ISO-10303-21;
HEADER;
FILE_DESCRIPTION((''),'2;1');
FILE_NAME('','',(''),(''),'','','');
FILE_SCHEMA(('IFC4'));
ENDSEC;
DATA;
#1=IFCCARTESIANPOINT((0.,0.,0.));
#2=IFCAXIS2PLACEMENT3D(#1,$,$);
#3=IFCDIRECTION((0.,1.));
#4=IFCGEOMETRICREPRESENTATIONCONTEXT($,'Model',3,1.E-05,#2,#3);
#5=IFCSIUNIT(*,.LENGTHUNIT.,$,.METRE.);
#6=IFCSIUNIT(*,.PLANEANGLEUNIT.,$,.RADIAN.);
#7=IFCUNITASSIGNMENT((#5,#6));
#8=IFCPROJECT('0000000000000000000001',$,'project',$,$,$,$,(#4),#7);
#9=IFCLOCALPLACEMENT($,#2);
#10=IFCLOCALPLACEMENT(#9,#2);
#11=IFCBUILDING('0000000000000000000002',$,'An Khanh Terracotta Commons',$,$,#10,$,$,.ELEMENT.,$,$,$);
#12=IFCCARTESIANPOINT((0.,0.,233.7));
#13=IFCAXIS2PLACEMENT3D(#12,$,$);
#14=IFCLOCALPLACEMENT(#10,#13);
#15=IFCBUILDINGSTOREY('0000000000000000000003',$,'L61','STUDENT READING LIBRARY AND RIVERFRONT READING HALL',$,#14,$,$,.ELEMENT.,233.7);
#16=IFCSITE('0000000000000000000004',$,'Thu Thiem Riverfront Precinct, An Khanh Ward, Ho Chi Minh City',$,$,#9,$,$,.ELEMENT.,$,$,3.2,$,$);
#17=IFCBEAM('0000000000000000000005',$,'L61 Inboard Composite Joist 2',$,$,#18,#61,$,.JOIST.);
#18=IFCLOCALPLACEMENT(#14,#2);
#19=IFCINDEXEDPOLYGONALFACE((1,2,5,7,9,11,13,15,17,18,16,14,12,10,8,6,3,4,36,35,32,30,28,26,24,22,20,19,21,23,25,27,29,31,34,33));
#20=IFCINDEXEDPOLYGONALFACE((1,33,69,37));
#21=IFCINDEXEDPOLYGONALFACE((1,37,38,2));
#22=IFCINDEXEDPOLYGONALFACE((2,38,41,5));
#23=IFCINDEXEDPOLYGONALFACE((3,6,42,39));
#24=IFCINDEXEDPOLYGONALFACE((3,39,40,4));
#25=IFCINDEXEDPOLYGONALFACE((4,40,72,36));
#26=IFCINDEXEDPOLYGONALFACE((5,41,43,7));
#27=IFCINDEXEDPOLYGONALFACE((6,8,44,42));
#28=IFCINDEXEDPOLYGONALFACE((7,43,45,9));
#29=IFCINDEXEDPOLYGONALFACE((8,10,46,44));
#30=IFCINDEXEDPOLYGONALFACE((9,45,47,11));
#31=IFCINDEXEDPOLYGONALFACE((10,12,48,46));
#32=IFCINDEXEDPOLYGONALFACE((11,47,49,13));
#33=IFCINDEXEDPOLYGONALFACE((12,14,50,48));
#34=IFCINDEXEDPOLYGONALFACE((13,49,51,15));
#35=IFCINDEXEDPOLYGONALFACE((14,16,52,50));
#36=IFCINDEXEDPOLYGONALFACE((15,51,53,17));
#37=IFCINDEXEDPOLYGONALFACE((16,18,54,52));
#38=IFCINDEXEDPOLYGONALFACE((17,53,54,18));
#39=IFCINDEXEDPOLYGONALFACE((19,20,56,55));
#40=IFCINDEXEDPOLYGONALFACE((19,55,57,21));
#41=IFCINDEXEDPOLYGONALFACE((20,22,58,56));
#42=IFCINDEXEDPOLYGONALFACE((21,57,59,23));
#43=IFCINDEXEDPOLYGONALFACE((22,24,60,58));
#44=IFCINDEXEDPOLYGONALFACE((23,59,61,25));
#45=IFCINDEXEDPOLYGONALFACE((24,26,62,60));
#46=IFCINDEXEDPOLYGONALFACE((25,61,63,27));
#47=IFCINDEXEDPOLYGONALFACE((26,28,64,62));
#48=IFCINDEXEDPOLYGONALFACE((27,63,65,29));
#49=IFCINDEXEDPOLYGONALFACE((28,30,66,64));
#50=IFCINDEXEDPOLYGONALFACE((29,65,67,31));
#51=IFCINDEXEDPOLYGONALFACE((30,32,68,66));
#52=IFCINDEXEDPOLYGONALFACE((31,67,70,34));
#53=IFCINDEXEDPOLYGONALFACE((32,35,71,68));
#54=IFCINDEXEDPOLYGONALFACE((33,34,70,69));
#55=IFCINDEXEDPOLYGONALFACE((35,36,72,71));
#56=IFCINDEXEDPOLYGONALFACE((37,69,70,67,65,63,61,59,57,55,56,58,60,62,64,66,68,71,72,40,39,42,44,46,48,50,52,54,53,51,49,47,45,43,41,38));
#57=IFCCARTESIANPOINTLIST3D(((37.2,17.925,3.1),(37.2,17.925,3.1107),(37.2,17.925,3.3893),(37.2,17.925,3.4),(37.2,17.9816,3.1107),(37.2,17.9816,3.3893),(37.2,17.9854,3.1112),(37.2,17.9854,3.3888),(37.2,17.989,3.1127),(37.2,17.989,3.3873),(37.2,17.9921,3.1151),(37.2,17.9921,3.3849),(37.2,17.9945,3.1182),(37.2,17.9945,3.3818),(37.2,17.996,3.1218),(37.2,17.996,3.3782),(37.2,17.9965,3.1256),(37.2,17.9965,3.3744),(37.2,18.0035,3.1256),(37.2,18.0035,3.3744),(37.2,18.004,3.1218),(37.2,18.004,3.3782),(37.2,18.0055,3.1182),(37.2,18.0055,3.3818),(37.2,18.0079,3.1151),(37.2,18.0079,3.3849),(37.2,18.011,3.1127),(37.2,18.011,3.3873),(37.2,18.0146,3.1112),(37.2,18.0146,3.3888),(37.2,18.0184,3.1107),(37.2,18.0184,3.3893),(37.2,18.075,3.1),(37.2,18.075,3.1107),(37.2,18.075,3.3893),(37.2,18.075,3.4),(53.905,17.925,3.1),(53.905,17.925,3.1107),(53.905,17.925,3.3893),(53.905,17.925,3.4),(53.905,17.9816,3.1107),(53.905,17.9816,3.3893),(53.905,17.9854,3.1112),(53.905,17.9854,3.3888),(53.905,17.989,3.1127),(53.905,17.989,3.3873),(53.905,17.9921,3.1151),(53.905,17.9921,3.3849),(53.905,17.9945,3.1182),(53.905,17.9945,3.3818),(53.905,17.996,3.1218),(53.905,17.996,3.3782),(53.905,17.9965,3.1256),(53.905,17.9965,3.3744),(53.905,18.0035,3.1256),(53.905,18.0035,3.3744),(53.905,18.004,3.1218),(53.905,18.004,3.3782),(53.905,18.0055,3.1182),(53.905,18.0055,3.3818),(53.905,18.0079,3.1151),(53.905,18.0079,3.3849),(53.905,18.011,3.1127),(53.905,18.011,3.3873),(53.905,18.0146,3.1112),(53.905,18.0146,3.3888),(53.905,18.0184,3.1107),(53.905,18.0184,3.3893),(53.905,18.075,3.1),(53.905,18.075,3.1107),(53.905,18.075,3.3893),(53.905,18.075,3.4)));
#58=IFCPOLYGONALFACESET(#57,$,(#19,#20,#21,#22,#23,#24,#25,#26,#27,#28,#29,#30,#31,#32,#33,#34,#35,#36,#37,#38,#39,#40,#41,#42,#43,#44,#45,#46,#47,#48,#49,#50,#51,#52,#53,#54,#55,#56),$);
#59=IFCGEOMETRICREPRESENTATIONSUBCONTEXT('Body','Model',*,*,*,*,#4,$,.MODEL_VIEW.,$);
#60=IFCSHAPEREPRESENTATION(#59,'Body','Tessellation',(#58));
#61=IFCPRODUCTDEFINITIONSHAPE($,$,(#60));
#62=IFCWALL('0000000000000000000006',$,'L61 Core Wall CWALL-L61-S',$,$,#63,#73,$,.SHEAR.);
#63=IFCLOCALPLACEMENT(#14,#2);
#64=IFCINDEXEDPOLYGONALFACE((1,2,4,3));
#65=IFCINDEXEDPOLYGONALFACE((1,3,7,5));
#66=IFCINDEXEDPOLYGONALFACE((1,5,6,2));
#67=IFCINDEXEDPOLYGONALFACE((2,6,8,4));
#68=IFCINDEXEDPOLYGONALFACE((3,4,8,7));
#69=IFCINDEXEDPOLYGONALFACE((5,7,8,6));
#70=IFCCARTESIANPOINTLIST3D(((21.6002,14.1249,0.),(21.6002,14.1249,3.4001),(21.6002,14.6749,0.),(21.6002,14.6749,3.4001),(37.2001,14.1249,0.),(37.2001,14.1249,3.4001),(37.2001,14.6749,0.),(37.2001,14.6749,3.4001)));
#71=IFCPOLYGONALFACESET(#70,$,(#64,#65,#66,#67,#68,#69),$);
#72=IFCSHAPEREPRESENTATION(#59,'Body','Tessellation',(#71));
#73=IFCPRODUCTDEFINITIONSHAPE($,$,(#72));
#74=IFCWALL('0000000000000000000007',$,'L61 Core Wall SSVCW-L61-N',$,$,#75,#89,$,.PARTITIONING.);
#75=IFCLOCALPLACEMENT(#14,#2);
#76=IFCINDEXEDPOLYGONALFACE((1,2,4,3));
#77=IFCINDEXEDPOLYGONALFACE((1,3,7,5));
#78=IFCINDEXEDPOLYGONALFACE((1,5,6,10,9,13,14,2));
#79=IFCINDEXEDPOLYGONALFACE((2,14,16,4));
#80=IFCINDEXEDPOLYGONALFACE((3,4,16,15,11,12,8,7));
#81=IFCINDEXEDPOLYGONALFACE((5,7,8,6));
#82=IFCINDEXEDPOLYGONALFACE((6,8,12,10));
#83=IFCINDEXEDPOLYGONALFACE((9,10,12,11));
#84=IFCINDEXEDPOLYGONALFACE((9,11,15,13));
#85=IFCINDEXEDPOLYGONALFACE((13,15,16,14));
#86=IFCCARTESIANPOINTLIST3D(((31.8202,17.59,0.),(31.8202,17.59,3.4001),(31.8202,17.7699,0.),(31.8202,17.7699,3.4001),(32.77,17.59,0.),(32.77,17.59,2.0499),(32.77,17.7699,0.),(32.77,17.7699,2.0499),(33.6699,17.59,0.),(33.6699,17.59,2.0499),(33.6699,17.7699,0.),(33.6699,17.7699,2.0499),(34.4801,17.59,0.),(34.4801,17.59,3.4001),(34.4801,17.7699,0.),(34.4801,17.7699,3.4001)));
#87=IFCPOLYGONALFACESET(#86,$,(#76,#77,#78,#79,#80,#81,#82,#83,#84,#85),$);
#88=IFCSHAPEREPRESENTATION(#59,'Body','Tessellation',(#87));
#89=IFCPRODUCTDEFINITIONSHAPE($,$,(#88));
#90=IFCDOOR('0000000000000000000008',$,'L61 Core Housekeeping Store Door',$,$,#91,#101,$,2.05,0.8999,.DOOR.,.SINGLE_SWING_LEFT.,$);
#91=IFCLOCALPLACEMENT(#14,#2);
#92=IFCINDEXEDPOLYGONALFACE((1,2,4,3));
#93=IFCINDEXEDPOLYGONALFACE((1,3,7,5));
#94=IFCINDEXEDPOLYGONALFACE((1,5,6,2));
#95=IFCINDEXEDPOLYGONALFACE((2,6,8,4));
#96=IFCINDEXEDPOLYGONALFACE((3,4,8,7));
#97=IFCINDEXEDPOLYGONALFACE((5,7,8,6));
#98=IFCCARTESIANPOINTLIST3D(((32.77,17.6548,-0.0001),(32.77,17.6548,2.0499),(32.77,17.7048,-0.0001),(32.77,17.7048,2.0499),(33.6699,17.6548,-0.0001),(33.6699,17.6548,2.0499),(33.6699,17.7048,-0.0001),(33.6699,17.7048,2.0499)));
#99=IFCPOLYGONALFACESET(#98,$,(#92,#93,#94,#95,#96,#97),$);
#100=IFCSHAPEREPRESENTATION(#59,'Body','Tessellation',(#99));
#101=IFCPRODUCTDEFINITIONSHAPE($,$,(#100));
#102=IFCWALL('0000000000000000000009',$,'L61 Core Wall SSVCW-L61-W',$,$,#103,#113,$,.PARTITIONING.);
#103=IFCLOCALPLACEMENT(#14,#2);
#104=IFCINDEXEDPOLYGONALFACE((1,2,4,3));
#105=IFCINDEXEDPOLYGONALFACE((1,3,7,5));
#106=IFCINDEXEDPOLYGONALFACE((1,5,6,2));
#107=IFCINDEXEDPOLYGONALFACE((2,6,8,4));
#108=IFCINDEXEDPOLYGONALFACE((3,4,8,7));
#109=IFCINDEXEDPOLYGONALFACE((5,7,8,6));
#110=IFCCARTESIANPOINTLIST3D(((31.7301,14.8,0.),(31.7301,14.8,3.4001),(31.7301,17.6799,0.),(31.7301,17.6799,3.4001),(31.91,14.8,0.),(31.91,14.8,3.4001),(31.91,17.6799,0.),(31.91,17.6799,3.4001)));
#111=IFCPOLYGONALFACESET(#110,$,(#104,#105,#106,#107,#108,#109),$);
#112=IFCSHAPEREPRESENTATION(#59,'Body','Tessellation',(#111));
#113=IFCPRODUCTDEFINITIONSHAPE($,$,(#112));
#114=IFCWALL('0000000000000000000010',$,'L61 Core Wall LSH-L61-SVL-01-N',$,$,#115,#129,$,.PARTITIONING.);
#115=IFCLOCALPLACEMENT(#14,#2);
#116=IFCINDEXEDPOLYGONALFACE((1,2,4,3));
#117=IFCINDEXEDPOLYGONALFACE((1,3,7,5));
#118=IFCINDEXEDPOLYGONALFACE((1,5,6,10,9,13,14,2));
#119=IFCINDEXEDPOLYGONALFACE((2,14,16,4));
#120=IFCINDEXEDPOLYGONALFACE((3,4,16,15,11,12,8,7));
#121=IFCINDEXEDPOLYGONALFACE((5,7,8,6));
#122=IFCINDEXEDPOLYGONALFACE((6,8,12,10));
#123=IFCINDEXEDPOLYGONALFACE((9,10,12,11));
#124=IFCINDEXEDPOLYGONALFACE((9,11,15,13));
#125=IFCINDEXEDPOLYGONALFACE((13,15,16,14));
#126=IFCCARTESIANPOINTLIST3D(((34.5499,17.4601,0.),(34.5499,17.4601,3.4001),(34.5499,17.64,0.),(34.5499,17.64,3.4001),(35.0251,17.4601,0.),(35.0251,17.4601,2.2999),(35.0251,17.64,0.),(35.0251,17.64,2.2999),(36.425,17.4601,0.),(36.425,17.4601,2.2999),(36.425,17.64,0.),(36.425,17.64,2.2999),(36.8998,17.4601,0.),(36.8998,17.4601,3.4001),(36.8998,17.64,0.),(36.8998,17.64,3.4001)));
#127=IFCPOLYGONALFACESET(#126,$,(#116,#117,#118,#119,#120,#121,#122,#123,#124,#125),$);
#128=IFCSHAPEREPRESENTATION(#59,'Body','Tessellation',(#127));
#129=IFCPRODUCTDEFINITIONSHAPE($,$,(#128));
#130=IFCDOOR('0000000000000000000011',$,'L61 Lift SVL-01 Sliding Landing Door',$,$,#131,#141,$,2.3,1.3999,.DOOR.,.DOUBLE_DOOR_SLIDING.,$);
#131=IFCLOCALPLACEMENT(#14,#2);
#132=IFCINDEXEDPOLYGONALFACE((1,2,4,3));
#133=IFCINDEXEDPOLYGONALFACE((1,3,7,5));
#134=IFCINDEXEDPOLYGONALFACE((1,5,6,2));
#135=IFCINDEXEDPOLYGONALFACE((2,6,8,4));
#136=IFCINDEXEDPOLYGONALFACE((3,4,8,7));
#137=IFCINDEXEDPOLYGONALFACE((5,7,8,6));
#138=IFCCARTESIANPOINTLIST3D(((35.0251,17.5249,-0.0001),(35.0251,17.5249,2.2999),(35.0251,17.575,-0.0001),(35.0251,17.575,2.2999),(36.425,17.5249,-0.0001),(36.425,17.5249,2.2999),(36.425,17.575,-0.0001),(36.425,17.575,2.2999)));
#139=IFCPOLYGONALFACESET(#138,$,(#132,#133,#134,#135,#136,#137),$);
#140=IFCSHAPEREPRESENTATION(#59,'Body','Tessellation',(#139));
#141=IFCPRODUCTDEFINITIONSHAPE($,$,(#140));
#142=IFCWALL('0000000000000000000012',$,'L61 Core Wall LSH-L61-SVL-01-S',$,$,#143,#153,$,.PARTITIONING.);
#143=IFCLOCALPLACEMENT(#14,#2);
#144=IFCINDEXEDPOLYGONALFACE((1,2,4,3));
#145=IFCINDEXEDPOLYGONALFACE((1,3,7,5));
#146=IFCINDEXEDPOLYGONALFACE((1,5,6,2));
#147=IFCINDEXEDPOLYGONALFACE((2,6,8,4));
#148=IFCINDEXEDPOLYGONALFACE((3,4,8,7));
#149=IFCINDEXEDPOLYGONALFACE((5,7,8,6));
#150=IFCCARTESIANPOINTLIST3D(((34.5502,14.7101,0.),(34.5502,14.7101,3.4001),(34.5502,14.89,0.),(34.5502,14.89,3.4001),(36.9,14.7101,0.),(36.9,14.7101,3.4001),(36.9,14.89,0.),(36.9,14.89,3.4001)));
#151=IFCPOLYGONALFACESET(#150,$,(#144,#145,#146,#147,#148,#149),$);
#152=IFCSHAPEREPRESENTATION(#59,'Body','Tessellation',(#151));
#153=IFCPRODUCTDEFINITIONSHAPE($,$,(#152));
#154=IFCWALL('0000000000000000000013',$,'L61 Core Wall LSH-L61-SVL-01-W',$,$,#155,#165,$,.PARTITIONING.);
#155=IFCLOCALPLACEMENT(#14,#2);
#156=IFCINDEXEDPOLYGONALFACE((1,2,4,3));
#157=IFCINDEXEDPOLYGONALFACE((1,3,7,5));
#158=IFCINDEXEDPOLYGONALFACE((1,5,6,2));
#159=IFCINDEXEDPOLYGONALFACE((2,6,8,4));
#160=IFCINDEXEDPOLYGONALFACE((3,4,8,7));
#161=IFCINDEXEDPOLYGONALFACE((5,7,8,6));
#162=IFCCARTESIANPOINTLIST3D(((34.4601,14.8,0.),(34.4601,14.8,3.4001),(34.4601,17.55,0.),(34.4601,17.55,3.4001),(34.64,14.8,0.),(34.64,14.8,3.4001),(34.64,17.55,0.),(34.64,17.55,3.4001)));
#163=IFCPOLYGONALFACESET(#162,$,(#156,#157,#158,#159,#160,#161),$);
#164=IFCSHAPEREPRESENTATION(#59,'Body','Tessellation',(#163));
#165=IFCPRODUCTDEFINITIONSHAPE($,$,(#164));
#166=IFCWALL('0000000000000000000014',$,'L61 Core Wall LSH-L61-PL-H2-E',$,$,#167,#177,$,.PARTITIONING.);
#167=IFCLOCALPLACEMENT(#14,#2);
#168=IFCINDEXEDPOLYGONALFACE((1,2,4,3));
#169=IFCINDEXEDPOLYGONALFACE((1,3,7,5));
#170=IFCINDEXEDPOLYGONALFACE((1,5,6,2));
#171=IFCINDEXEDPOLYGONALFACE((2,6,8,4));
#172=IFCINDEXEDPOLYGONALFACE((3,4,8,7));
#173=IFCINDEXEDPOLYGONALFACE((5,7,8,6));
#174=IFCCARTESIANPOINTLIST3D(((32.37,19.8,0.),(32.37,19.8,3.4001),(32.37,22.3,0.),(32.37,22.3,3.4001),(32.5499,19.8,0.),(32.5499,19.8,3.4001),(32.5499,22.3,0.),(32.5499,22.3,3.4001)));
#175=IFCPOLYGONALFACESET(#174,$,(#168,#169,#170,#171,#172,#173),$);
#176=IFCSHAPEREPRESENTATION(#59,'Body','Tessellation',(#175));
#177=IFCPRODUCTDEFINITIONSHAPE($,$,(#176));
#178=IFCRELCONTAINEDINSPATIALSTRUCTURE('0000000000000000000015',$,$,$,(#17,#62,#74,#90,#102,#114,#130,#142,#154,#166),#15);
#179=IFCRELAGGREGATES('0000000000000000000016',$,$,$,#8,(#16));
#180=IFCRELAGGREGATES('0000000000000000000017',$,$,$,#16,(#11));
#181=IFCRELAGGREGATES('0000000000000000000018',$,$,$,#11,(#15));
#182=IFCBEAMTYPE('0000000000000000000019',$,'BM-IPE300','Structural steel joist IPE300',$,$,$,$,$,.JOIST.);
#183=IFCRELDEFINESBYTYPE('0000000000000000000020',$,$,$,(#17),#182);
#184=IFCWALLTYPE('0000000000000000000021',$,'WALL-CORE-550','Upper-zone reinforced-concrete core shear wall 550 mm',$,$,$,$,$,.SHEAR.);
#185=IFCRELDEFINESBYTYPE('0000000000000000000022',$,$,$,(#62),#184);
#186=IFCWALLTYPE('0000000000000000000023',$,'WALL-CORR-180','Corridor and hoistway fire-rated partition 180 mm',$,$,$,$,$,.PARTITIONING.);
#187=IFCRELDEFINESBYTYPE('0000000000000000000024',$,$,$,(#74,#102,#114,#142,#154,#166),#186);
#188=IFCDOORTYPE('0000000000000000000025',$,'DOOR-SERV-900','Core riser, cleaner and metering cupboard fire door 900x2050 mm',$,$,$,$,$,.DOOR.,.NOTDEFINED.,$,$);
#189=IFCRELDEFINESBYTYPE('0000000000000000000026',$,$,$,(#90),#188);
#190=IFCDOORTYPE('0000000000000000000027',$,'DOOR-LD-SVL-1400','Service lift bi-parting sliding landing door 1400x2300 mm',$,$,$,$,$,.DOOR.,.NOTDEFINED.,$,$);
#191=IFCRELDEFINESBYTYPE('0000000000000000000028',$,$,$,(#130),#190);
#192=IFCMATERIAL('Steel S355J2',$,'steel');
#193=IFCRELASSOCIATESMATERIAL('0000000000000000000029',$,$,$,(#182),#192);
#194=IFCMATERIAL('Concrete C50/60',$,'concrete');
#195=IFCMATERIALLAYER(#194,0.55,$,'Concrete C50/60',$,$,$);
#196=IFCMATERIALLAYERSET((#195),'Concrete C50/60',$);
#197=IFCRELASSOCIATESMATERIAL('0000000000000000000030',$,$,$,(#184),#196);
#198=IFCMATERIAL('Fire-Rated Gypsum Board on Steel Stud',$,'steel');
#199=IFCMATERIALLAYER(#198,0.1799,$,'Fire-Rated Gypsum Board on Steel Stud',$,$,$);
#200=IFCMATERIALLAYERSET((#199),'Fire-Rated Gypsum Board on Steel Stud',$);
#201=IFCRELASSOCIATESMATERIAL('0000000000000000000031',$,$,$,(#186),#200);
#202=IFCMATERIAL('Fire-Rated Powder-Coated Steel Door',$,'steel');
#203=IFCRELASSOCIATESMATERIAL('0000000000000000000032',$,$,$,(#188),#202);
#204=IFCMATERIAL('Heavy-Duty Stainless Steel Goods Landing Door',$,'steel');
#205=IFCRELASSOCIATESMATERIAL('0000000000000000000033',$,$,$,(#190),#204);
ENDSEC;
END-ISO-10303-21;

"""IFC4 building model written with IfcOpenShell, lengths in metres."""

from ifc_helpers import new_model, si_unit, direction, frame, frame_2d, origin, origin_2d, place, context, subcontext, project, spatial, rectangle, i_section, extrude, material, layer, layer_set, material_profile, profile_set, type_object, element, fill, save


model = new_model("IFC4")

# Units and contexts
model_context = context("Model", 3, precision=1e-05, world=origin(), true_north=direction((0.0, 1.0)))
body_context = subcontext(model_context, "Body", "Model", "MODEL_VIEW")
ifc_project = project(units=[si_unit("LENGTHUNIT", "METRE"), si_unit("PLANEANGLEUNIT", "RADIAN")], contexts=[model_context])

# Site, building, storey
site_placement = place(None, origin())
site = spatial("IfcSite", under=ifc_project, at=site_placement, Name="Thu Thiem Riverfront Precinct, An Khanh Ward, Ho Chi Minh City", CompositionType="ELEMENT", RefElevation=3.2)
building_placement = place(site_placement, origin())
building = spatial("IfcBuilding", under=site, at=building_placement, Name="An Khanh Terracotta Commons", CompositionType="ELEMENT")
storey_placement = place(building_placement, frame((0.0, 0.0, 233.7)))
storey = spatial("IfcBuildingStorey", under=building, at=storey_placement, Name="L61", Description="STUDENT READING LIBRARY AND RIVERFRONT READING HALL", CompositionType="ELEMENT", Elevation=233.7)

# Beam
ifc_material_1 = material(Name="Steel S355J2", Category="steel")
ifc_material_profile_1 = material_profile(ifc_material_1, i_section(OverallWidth=0.1499, OverallDepth=0.3, WebThickness=0.0071, FlangeThickness=0.0107, FilletRadius=0.0149, at=origin_2d()), Name="IPE300")
ifc_profile_set_1 = profile_set([ifc_material_profile_1], Name="Steel S355J2")
beam_type_1 = type_object("IfcBeamType", Name="BM-IPE300", Description="Structural steel joist IPE300", PredefinedType="JOIST", material=ifc_profile_set_1)
for number, where, z_axis, x_axis, name in (
    (1, (37.2, 18.0, 3.25), (1.0, 0.0, 0.0), (0.0, 1.0, 0.0), "L61 Inboard Composite Joist 2"),
):
    element("IfcBeam", number, at=place(storey_placement, frame(where, z_axis=z_axis, x_axis=x_axis)), inside=storey, type_object=beam_type_1, Name=name, PredefinedType="JOIST", context=body_context, shape_type="SweptSolid", body=[
        extrude(i_section(OverallWidth=0.1499, OverallDepth=0.3, WebThickness=0.0071, FlangeThickness=0.0107, FilletRadius=0.0149, at=origin_2d()), origin(), (0.0, 0.0, 1.0), 16.7051),
    ])

# Wall
ifc_material_2 = material(Name="Concrete C50/60", Category="concrete")
ifc_layer_1 = layer(ifc_material_2, 0.55, Name="Concrete C50/60")
ifc_layer_set_1 = layer_set([ifc_layer_1], Name="Concrete C50/60")
wall_type_1 = type_object("IfcWallType", Name="WALL-CORE-550", Description="Upper-zone reinforced-concrete core shear wall 550 mm", PredefinedType="SHEAR", material=ifc_layer_set_1)
wall_1_placement = place(storey_placement, frame((37.2, 14.3999, 0.0), z_axis=(0.0, 0.0, 1.0), x_axis=(-1.0, 0.0, 0.0)))
element("IfcWall", 2, at=wall_1_placement, inside=storey, type_object=wall_type_1, Name="L61 Core Wall CWALL-L61-S", PredefinedType="SHEAR", context=body_context, shape_type="SweptSolid", body=[
    extrude(rectangle(XDim=15.5999, YDim=0.55, at=frame_2d((7.7998, 0.0))), origin(), (0.0, 0.0, 1.0), 3.4001),
])

# Wall, opening, door
ifc_material_3 = material(Name="Fire-Rated Gypsum Board on Steel Stud", Category="steel")
ifc_layer_2 = layer(ifc_material_3, 0.1799, Name="Fire-Rated Gypsum Board on Steel Stud")
ifc_layer_set_2 = layer_set([ifc_layer_2], Name="Fire-Rated Gypsum Board on Steel Stud")
wall_type_2 = type_object("IfcWallType", Name="WALL-CORR-180", Description="Corridor and hoistway fire-rated partition 180 mm", PredefinedType="PARTITIONING", material=ifc_layer_set_2)
wall_2_placement = place(storey_placement, frame((31.8201, 17.6799, 0.0), z_axis=(0.0, 0.0, 1.0), x_axis=(1.0, 0.0, 0.0)))
wall_2 = element("IfcWall", 3, at=wall_2_placement, inside=storey, type_object=wall_type_2, Name="L61 Core Wall SSVCW-L61-N", PredefinedType="PARTITIONING", context=body_context, shape_type="SweptSolid", body=[
    extrude(rectangle(XDim=2.6599, YDim=0.1799, at=frame_2d((1.3301, 0.0))), origin(), (0.0, 0.0, 1.0), 3.4001),
])
opening_1_placement = place(wall_2_placement, frame((0.95, 0.0, 0.0)))
opening_1 = element("IfcOpeningElement", 4, at=opening_1_placement, cuts=wall_2, PredefinedType="OPENING", context=body_context, shape_type="SweptSolid", body=[
    extrude(rectangle(XDim=0.8999, YDim=2.05, at=frame_2d((0.45, 1.0249))), frame((0.0, 0.0999, 0.0), z_axis=(0.0, -1.0, 0.0), x_axis=(1.0, 0.0, 0.0)), (0.0, 0.0, 1.0), 0.2),
])
ifc_material_4 = material(Name="Fire-Rated Powder-Coated Steel Door", Category="steel")
door_type_1 = type_object("IfcDoorType", Name="DOOR-SERV-900", Description="Core riser, cleaner and metering cupboard fire door 900x2050 mm", OperationType="NOTDEFINED", PredefinedType="DOOR", material=ifc_material_4)
door_1_placement = place(opening_1_placement, origin())
door_1 = element("IfcDoor", 5, at=door_1_placement, inside=storey, type_object=door_type_1, Name="L61 Core Housekeeping Store Door", OperationType="SINGLE_SWING_LEFT", OverallHeight=2.05, OverallWidth=0.8999, PredefinedType="DOOR", context=body_context, shape_type="SweptSolid", body=[
    extrude(rectangle(XDim=0.8999, YDim=2.05, at=frame_2d((0.45, 1.0249))), frame((0.0, 0.0249, 0.0), z_axis=(0.0, -1.0, 0.0), x_axis=(1.0, 0.0, 0.0)), (0.0, 0.0, 1.0), 0.05),
])
fill(opening_1, door_1)

# Wall
wall_3_placement = place(storey_placement, frame((31.8201, 14.8, 0.0), z_axis=(0.0, 0.0, 1.0), x_axis=(0.0, 1.0, 0.0)))
element("IfcWall", 6, at=wall_3_placement, inside=storey, type_object=wall_type_2, Name="L61 Core Wall SSVCW-L61-W", PredefinedType="PARTITIONING", context=body_context, shape_type="SweptSolid", body=[
    extrude(rectangle(XDim=2.8799, YDim=0.1799, at=frame_2d((1.4399, 0.0))), origin(), (0.0, 0.0, 1.0), 3.4001),
])

# Wall, opening, door
wall_4_placement = place(storey_placement, frame((34.55, 17.55, 0.0), z_axis=(0.0, 0.0, 1.0), x_axis=(1.0, 0.0, 0.0)))
wall_4 = element("IfcWall", 7, at=wall_4_placement, inside=storey, type_object=wall_type_2, Name="L61 Core Wall LSH-L61-SVL-01-N", PredefinedType="PARTITIONING", context=body_context, shape_type="SweptSolid", body=[
    extrude(rectangle(XDim=2.3499, YDim=0.1799, at=frame_2d((1.1748, 0.0))), origin(), (0.0, 0.0, 1.0), 3.4001),
])
opening_2_placement = place(wall_4_placement, frame((0.4751, 0.0, 0.0)))
opening_2 = element("IfcOpeningElement", 8, at=opening_2_placement, cuts=wall_4, PredefinedType="OPENING", context=body_context, shape_type="SweptSolid", body=[
    extrude(rectangle(XDim=1.3999, YDim=2.3, at=frame_2d((0.7, 1.1499))), frame((0.0, 0.0999, 0.0), z_axis=(0.0, -1.0, 0.0), x_axis=(1.0, 0.0, 0.0)), (0.0, 0.0, 1.0), 0.2),
])
ifc_material_5 = material(Name="Heavy-Duty Stainless Steel Goods Landing Door", Category="steel")
door_type_2 = type_object("IfcDoorType", Name="DOOR-LD-SVL-1400", Description="Service lift bi-parting sliding landing door 1400x2300 mm", OperationType="NOTDEFINED", PredefinedType="DOOR", material=ifc_material_5)
door_2_placement = place(opening_2_placement, origin())
door_2 = element("IfcDoor", 9, at=door_2_placement, inside=storey, type_object=door_type_2, Name="L61 Lift SVL-01 Sliding Landing Door", OperationType="DOUBLE_DOOR_SLIDING", OverallHeight=2.3, OverallWidth=1.3999, PredefinedType="DOOR", context=body_context, shape_type="SweptSolid", body=[
    extrude(rectangle(XDim=1.3999, YDim=2.3, at=frame_2d((0.7, 1.1499))), frame((0.0, 0.0249, 0.0), z_axis=(0.0, -1.0, 0.0), x_axis=(1.0, 0.0, 0.0)), (0.0, 0.0, 1.0), 0.05),
])
fill(opening_2, door_2)

# Walls
wall_5_placement = place(storey_placement, frame((36.8999, 14.8, 0.0), z_axis=(0.0, 0.0, 1.0), x_axis=(-1.0, 0.0, 0.0)))
element("IfcWall", 10, at=wall_5_placement, inside=storey, type_object=wall_type_2, Name="L61 Core Wall LSH-L61-SVL-01-S", PredefinedType="PARTITIONING", context=body_context, shape_type="SweptSolid", body=[
    extrude(rectangle(XDim=2.3499, YDim=0.1799, at=frame_2d((1.1748, 0.0))), origin(), (0.0, 0.0, 1.0), 3.4001),
])
wall_6_placement = place(storey_placement, frame((34.55, 17.55, 0.0), z_axis=(0.0, 0.0, 1.0), x_axis=(0.0, -1.0, 0.0)))
element("IfcWall", 11, at=wall_6_placement, inside=storey, type_object=wall_type_2, Name="L61 Core Wall LSH-L61-SVL-01-W", PredefinedType="PARTITIONING", context=body_context, shape_type="SweptSolid", body=[
    extrude(rectangle(XDim=2.75, YDim=0.1799, at=frame_2d((1.375, 0.0))), origin(), (0.0, 0.0, 1.0), 3.4001),
])
for number, where, z_axis, x_axis, name in (
    (12, (32.46, 19.8, 0.0), (0.0, 0.0, 1.0), (0.0, 1.0, 0.0), "L61 Core Wall LSH-L61-PL-H2-E"),
):
    element("IfcWall", number, at=place(storey_placement, frame(where, z_axis=z_axis, x_axis=x_axis)), inside=storey, type_object=wall_type_2, Name=name, PredefinedType="PARTITIONING", context=body_context, shape_type="SweptSolid", body=[
        extrude(rectangle(XDim=2.5, YDim=0.1799, at=frame_2d((1.25, 0.0))), origin(), (0.0, 0.0, 1.0), 3.4001),
    ])

save(model, "model.ifc")
